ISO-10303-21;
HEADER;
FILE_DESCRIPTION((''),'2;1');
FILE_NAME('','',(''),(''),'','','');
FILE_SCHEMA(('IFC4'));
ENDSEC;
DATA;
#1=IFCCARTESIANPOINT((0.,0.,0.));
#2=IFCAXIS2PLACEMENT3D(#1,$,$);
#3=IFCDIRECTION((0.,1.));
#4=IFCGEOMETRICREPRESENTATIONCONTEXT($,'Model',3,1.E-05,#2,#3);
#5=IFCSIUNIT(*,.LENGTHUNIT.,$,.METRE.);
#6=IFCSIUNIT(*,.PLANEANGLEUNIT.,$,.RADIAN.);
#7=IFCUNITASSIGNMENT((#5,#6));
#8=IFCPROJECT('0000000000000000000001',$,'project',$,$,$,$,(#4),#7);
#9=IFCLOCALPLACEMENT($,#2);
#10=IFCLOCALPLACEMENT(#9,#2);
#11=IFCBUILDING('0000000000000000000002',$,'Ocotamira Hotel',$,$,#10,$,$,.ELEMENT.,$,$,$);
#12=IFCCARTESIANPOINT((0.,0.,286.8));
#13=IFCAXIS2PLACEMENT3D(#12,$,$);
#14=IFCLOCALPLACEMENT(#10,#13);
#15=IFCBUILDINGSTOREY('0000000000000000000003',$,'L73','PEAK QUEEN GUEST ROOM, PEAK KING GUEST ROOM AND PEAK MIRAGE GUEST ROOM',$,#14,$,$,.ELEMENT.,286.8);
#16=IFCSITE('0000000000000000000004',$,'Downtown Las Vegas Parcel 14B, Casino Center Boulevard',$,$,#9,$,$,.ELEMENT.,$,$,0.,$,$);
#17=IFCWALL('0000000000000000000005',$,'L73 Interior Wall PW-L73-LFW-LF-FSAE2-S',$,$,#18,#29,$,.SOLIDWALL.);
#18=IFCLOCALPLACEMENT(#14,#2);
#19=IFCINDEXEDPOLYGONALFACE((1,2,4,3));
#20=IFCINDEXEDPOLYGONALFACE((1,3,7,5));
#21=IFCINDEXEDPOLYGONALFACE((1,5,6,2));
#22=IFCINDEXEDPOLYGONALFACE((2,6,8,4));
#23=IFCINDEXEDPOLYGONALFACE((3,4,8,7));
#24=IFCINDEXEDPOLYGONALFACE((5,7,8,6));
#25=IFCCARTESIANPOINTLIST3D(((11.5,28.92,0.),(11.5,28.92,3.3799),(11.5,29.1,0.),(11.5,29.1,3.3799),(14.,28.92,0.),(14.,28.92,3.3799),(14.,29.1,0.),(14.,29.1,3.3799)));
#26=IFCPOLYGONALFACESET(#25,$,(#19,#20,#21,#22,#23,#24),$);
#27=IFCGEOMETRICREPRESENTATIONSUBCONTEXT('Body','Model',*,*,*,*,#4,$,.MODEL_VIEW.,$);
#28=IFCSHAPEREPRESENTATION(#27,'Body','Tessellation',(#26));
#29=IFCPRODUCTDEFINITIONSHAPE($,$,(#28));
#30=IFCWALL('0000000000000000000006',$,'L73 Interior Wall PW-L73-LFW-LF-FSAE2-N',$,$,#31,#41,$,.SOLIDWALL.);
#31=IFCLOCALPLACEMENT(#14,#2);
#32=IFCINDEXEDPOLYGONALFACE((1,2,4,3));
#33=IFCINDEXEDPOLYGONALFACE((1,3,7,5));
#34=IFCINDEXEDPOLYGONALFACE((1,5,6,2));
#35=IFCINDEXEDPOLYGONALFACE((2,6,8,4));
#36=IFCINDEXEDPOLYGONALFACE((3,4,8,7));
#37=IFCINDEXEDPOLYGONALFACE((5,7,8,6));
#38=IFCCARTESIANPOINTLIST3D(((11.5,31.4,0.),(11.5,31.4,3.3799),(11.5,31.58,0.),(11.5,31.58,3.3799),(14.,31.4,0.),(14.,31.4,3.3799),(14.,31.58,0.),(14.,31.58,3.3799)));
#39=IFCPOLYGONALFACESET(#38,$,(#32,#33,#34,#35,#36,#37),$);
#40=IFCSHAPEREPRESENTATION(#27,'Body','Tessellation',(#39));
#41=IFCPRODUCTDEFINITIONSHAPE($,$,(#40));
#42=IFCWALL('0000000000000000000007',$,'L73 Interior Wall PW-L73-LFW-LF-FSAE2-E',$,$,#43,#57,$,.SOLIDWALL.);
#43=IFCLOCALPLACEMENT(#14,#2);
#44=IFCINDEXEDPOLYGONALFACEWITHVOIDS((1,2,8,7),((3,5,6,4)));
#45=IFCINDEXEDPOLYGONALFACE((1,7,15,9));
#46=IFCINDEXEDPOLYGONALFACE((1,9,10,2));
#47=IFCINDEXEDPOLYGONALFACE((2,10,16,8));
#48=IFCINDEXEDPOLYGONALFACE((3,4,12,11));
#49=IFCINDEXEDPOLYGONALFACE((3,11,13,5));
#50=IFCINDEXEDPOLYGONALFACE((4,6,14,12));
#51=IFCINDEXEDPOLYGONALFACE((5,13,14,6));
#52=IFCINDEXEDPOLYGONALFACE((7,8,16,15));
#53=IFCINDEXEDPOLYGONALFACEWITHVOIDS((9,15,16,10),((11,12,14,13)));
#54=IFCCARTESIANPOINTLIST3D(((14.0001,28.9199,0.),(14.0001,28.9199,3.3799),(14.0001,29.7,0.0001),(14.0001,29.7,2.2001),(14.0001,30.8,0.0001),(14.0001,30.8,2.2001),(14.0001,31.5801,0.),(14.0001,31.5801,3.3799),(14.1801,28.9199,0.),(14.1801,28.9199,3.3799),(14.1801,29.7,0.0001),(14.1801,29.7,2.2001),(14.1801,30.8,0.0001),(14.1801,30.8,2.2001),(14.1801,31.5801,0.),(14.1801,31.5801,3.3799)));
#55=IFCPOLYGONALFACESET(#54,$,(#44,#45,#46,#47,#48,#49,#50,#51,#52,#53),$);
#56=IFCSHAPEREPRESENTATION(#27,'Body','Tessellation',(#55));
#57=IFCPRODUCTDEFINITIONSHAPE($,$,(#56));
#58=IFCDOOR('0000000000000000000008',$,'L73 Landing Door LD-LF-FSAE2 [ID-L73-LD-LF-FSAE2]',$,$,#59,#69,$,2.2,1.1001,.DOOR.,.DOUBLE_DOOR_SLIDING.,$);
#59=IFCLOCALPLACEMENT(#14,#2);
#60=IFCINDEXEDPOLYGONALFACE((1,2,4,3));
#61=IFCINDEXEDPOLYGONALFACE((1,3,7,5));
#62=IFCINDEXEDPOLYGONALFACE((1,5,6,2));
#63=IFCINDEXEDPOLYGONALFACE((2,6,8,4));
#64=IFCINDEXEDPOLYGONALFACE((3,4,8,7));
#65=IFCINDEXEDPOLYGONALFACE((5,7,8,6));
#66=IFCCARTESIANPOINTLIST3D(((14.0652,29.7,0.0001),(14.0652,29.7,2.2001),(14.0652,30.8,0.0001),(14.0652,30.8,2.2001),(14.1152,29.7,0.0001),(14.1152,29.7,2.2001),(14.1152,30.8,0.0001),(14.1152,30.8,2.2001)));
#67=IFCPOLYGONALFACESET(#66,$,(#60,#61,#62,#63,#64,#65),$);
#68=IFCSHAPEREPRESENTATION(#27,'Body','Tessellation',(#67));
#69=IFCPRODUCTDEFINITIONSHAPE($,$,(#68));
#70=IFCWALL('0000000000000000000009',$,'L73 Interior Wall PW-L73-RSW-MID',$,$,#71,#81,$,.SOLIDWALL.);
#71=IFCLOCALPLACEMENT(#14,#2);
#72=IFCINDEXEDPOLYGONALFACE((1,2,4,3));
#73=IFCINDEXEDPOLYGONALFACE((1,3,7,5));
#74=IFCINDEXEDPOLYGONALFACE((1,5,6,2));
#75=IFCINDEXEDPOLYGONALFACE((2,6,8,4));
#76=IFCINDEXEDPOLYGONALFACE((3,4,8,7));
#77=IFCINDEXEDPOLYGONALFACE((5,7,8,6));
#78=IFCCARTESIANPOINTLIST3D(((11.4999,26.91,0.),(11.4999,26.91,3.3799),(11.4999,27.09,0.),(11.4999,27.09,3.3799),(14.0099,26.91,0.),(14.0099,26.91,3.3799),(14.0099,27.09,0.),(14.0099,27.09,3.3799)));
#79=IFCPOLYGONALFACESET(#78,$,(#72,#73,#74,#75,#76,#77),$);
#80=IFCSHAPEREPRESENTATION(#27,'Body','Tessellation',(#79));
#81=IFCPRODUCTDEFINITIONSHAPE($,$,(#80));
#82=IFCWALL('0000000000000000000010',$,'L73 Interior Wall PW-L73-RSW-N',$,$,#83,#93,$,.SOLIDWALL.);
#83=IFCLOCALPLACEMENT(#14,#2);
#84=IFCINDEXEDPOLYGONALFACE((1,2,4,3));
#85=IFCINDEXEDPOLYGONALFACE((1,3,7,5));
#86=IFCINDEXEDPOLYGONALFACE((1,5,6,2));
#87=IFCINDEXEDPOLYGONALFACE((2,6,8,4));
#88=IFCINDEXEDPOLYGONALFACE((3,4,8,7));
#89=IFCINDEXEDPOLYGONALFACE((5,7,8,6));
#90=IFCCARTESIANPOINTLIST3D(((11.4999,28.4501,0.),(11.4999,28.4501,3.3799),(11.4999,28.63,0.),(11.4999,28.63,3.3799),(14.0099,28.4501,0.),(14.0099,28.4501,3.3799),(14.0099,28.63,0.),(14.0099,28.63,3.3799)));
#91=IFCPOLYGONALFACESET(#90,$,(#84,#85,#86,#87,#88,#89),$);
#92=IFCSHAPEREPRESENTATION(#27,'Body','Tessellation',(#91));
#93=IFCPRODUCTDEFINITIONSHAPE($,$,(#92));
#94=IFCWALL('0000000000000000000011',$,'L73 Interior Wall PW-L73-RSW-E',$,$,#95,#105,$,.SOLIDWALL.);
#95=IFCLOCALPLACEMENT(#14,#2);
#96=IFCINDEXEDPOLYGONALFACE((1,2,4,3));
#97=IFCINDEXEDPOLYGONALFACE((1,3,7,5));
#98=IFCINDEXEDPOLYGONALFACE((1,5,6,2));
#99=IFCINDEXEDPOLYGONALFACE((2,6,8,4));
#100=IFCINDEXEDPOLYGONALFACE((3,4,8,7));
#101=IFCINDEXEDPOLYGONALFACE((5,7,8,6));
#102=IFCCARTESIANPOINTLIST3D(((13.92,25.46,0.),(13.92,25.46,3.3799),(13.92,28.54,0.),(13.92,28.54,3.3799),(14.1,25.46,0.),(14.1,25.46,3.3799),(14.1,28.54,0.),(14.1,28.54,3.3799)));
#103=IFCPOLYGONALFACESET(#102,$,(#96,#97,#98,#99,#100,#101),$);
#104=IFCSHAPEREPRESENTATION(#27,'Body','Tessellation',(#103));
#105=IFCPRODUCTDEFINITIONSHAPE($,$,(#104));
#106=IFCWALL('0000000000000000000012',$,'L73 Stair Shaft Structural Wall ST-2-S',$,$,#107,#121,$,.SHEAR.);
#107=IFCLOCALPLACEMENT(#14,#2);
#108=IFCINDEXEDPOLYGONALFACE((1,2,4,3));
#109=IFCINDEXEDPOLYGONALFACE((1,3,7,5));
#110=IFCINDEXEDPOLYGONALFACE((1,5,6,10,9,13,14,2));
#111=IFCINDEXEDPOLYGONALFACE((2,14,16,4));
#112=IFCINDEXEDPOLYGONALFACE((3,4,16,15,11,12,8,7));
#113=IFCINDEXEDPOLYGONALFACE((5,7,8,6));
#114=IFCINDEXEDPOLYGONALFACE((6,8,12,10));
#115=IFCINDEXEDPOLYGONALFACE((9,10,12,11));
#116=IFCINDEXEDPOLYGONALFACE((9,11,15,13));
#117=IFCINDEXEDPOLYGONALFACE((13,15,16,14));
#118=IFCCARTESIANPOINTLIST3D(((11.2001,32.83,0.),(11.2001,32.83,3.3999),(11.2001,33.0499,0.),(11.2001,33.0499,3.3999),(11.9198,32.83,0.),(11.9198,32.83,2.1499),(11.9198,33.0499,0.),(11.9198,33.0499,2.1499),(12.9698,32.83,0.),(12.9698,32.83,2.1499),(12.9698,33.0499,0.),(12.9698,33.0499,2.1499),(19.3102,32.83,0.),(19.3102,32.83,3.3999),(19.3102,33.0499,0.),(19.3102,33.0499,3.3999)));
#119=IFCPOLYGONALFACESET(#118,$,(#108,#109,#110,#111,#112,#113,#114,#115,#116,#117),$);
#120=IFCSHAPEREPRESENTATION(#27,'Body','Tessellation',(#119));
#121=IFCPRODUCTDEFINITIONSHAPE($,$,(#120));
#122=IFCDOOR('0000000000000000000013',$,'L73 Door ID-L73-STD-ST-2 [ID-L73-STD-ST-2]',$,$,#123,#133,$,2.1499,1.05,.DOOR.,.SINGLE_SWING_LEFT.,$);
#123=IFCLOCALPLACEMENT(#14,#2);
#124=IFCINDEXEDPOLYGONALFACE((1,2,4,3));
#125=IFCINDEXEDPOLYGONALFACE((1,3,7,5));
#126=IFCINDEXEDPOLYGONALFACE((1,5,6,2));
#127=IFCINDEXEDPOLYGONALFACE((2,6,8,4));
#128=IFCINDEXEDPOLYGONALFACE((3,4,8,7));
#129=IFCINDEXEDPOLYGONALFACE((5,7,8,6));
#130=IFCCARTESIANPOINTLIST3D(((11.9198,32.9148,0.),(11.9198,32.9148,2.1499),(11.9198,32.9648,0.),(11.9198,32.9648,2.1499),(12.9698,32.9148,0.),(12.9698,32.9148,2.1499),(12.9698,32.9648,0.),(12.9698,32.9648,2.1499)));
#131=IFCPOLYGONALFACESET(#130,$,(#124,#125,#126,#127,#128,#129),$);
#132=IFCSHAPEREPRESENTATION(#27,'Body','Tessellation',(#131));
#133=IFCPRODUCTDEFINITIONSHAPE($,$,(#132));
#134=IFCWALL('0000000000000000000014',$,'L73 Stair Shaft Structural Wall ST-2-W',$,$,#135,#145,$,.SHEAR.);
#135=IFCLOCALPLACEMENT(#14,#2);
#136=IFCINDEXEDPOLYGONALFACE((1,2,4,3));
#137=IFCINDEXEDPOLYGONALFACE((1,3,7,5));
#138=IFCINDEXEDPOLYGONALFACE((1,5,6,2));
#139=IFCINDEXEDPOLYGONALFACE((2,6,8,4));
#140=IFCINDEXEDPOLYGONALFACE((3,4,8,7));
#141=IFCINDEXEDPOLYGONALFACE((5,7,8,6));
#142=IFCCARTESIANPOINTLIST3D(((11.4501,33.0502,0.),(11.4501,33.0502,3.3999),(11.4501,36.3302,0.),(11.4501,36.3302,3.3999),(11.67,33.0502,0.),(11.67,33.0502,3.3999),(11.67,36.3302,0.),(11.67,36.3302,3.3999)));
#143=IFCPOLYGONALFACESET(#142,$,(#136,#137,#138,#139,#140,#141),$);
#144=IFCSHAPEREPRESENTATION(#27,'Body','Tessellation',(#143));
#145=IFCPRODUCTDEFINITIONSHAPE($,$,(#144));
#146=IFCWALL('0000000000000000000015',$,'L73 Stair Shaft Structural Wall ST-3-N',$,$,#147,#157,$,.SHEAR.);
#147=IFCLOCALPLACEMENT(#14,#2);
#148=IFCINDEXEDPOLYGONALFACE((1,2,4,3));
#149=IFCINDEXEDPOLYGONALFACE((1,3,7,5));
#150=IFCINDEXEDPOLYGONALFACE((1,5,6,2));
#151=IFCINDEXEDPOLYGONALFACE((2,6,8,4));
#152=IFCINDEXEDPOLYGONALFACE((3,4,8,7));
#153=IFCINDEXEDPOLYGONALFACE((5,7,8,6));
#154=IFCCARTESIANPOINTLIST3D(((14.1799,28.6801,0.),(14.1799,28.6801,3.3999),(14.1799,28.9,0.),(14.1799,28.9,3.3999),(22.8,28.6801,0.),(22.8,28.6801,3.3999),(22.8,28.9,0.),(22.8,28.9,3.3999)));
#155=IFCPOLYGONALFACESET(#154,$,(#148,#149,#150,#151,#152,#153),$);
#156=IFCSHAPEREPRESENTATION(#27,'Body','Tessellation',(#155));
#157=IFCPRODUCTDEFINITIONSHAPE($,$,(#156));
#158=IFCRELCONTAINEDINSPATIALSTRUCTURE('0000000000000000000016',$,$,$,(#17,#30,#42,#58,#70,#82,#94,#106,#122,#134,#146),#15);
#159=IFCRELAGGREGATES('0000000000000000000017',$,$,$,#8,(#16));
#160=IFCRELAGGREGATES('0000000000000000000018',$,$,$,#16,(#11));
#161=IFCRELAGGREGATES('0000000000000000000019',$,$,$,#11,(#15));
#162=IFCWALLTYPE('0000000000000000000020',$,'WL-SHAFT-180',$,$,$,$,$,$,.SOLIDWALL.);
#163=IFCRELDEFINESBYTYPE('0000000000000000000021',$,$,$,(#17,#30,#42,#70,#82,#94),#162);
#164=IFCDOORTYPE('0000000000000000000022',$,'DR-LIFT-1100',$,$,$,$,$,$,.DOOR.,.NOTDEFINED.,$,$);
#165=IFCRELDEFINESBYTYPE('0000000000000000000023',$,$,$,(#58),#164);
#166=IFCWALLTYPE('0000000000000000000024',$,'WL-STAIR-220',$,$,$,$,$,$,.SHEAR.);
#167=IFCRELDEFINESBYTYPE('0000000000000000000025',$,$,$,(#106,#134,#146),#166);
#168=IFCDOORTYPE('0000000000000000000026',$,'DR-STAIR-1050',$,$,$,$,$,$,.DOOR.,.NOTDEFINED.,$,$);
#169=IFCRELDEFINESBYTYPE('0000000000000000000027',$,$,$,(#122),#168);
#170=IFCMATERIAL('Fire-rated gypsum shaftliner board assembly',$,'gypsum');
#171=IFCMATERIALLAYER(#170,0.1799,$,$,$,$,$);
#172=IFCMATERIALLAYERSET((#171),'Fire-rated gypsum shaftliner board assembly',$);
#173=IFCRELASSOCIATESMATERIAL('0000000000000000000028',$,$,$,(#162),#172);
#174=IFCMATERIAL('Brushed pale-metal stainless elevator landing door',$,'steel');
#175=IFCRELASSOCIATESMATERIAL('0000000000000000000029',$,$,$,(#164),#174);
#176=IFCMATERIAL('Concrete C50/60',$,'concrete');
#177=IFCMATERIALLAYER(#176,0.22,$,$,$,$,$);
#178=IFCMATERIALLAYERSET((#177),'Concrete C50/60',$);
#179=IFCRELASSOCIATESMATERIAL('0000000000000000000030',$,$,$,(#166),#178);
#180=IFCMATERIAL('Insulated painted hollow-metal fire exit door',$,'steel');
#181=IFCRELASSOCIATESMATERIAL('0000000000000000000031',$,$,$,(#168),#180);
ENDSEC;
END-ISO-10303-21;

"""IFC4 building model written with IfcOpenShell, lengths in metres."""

from ifc_helpers import new_model, si_unit, direction, frame, frame_2d, origin, place, context, subcontext, project, spatial, rectangle, extrude, source, transform, mapped, material, layer, layer_set, type_object, element, fill, save


model = new_model("IFC4")

# Units and contexts
model_context = context("Model", 3, precision=1e-05, world=origin(), true_north=direction((0.0, 1.0)))
body_context = subcontext(model_context, "Body", "Model", "MODEL_VIEW")
ifc_project = project(units=[si_unit("LENGTHUNIT", "METRE"), si_unit("PLANEANGLEUNIT", "RADIAN")], contexts=[model_context])

# Site, building, storey
site_placement = place(None, origin())
site = spatial("IfcSite", under=ifc_project, at=site_placement, Name="Downtown Las Vegas Parcel 14B, Casino Center Boulevard", CompositionType="ELEMENT", RefElevation=0.0)
building_placement = place(site_placement, origin())
building = spatial("IfcBuilding", under=site, at=building_placement, Name="Ocotamira Hotel", CompositionType="ELEMENT")
storey_placement = place(building_placement, frame((0.0, 0.0, 286.8)))
storey = spatial("IfcBuildingStorey", under=building, at=storey_placement, Name="L73", Description="PEAK QUEEN GUEST ROOM, PEAK KING GUEST ROOM AND PEAK MIRAGE GUEST ROOM", CompositionType="ELEMENT", Elevation=286.8)

# Walls
ifc_material_1 = material(Name="Fire-rated gypsum shaftliner board assembly", Category="gypsum")
ifc_layer_1 = layer(ifc_material_1, 0.1799)
ifc_layer_set_1 = layer_set([ifc_layer_1], Name="Fire-rated gypsum shaftliner board assembly")
wall_type_1 = type_object("IfcWallType", Name="WL-SHAFT-180", PredefinedType="SOLIDWALL", material=ifc_layer_set_1)
for number, where, z_axis, x_axis, name in (
    (1, (11.5, 29.01, 0.0), (0.0, 0.0, 1.0), (1.0, 0.0, 0.0), "L73 Interior Wall PW-L73-LFW-LF-FSAE2-S"),
    (2, (11.5, 31.49, 0.0), (0.0, 0.0, 1.0), (1.0, 0.0, 0.0), "L73 Interior Wall PW-L73-LFW-LF-FSAE2-N"),
):
    element("IfcWall", number, at=place(storey_placement, frame(where, z_axis=z_axis, x_axis=x_axis)), inside=storey, type_object=wall_type_1, Name=name, PredefinedType="SOLIDWALL", context=body_context, shape_type="SweptSolid", body=[
        extrude(rectangle(XDim=2.5, YDim=0.1799, at=frame_2d((1.25, 0.0))), origin(), (0.0, 0.0, 1.0), 3.3799),
    ])

# Wall, opening, door
wall_1_placement = place(storey_placement, frame((14.0901, 28.9199, 0.0), z_axis=(0.0, 0.0, 1.0), x_axis=(0.0, 1.0, 0.0)))
wall_1 = element("IfcWall", 3, at=wall_1_placement, inside=storey, type_object=wall_type_1, Name="L73 Interior Wall PW-L73-LFW-LF-FSAE2-E", PredefinedType="SOLIDWALL", context=body_context, shape_type="SweptSolid", body=[
    extrude(rectangle(XDim=2.6602, YDim=0.1799, at=frame_2d((1.3301, 0.0))), origin(), (0.0, 0.0, 1.0), 3.3799),
])
opening_1_placement = place(wall_1_placement, frame((0.78, 0.0, 0.0)))
opening_1 = element("IfcOpeningElement", 4, at=opening_1_placement, cuts=wall_1, PredefinedType="OPENING", context=body_context, shape_type="SweptSolid", body=[
    extrude(rectangle(XDim=1.1001, YDim=2.2, at=frame_2d((0.55, 1.1001))), frame((0.0, 0.1001, 0.0), z_axis=(0.0, -1.0, 0.0), x_axis=(1.0, 0.0, 0.0)), (0.0, 0.0, 1.0), 0.2),
])
ifc_material_2 = material(Name="Brushed pale-metal stainless elevator landing door", Category="steel")
door_type_1 = type_object("IfcDoorType", Name="DR-LIFT-1100", OperationType="NOTDEFINED", PredefinedType="DOOR", material=ifc_material_2)
shared_shape_1 = source(origin(), body_context, "Body", "SweptSolid", [
    extrude(rectangle(XDim=1.1001, YDim=2.2, at=frame_2d((0.55, 1.1001))), frame((0.0, 0.0249, 0.0), z_axis=(0.0, -1.0, 0.0), x_axis=(1.0, 0.0, 0.0)), (0.0, 0.0, 1.0), 0.05),
])
door_1_placement = place(opening_1_placement, origin())
door_1 = element("IfcDoor", 5, at=door_1_placement, inside=storey, type_object=door_type_1, Name="L73 Landing Door LD-LF-FSAE2 [ID-L73-LD-LF-FSAE2]", OperationType="DOUBLE_DOOR_SLIDING", OverallHeight=2.2, OverallWidth=1.1001, PredefinedType="DOOR", context=body_context, shape_type="MappedRepresentation", body=[
    mapped(shared_shape_1, transform((0.0, 0.0, 0.0), scale=1.0)),
])
fill(opening_1, door_1)

# Walls
for number, where, z_axis, x_axis, name in (
    (6, (11.5, 27.0, 0.0), (0.0, 0.0, 1.0), (1.0, 0.0, 0.0), "L73 Interior Wall PW-L73-RSW-MID"),
    (7, (11.5, 28.54, 0.0), (0.0, 0.0, 1.0), (1.0, 0.0, 0.0), "L73 Interior Wall PW-L73-RSW-N"),
):
    element("IfcWall", number, at=place(storey_placement, frame(where, z_axis=z_axis, x_axis=x_axis)), inside=storey, type_object=wall_type_1, Name=name, PredefinedType="SOLIDWALL", context=body_context, shape_type="SweptSolid", body=[
        extrude(rectangle(XDim=2.51, YDim=0.1799, at=frame_2d((1.2549, 0.0))), origin(), (0.0, 0.0, 1.0), 3.3799),
    ])
wall_2_placement = place(storey_placement, frame((14.01, 25.46, 0.0), z_axis=(0.0, 0.0, 1.0), x_axis=(0.0, 1.0, 0.0)))
element("IfcWall", 8, at=wall_2_placement, inside=storey, type_object=wall_type_1, Name="L73 Interior Wall PW-L73-RSW-E", PredefinedType="SOLIDWALL", context=body_context, shape_type="SweptSolid", body=[
    extrude(rectangle(XDim=3.0801, YDim=0.1799, at=frame_2d((1.54, 0.0))), origin(), (0.0, 0.0, 1.0), 3.3799),
])

# Wall, opening, door
ifc_material_3 = material(Name="Concrete C50/60", Category="concrete")
ifc_layer_2 = layer(ifc_material_3, 0.22)
ifc_layer_set_2 = layer_set([ifc_layer_2], Name="Concrete C50/60")
wall_type_2 = type_object("IfcWallType", Name="WL-STAIR-220", PredefinedType="SHEAR", material=ifc_layer_set_2)
wall_3_placement = place(storey_placement, frame((11.2, 32.9399, 0.0), z_axis=(0.0, 0.0, 1.0), x_axis=(1.0, 0.0, 0.0)))
wall_3 = element("IfcWall", 9, at=wall_3_placement, inside=storey, type_object=wall_type_2, Name="L73 Stair Shaft Structural Wall ST-2-S", PredefinedType="SHEAR", context=body_context, shape_type="SweptSolid", body=[
    extrude(rectangle(XDim=8.1101, YDim=0.22, at=frame_2d((4.0552, 0.0))), origin(), (0.0, 0.0, 1.0), 3.3999),
])
opening_2_placement = place(wall_3_placement, frame((0.72, 0.0, 0.0)))
opening_2 = element("IfcOpeningElement", 10, at=opening_2_placement, cuts=wall_3, PredefinedType="OPENING", context=body_context, shape_type="SweptSolid", body=[
    extrude(rectangle(XDim=1.05, YDim=2.1499, at=frame_2d((0.5249, 1.075))), frame((0.0, 0.1201, 0.0), z_axis=(0.0, -1.0, 0.0), x_axis=(1.0, 0.0, 0.0)), (0.0, 0.0, 1.0), 0.24),
])
ifc_material_4 = material(Name="Insulated painted hollow-metal fire exit door", Category="steel")
door_type_2 = type_object("IfcDoorType", Name="DR-STAIR-1050", OperationType="NOTDEFINED", PredefinedType="DOOR", material=ifc_material_4)
shared_shape_2 = source(origin(), body_context, "Body", "SweptSolid", [
    extrude(rectangle(XDim=1.05, YDim=2.1499, at=frame_2d((0.5249, 1.075))), frame((0.0, 0.0249, 0.0), z_axis=(0.0, -1.0, 0.0), x_axis=(1.0, 0.0, 0.0)), (0.0, 0.0, 1.0), 0.05),
])
door_2_placement = place(opening_2_placement, origin())
door_2 = element("IfcDoor", 11, at=door_2_placement, inside=storey, type_object=door_type_2, Name="L73 Door ID-L73-STD-ST-2 [ID-L73-STD-ST-2]", OperationType="SINGLE_SWING_LEFT", OverallHeight=2.1499, OverallWidth=1.05, PredefinedType="DOOR", context=body_context, shape_type="MappedRepresentation", body=[
    mapped(shared_shape_2, transform((0.0, 0.0, 0.0), scale=1.0)),
])
fill(opening_2, door_2)

# Walls
wall_4_placement = place(storey_placement, frame((11.5601, 33.05, 0.0), z_axis=(0.0, 0.0, 1.0), x_axis=(0.0, 1.0, 0.0)))
element("IfcWall", 12, at=wall_4_placement, inside=storey, type_object=wall_type_2, Name="L73 Stair Shaft Structural Wall ST-2-W", PredefinedType="SHEAR", context=body_context, shape_type="SweptSolid", body=[
    extrude(rectangle(XDim=3.28, YDim=0.22, at=frame_2d((1.6401, 0.0))), origin(), (0.0, 0.0, 1.0), 3.3999),
])
wall_5_placement = place(storey_placement, frame((14.1799, 28.79, 0.0), z_axis=(0.0, 0.0, 1.0), x_axis=(1.0, 0.0, 0.0)))
element("IfcWall", 13, at=wall_5_placement, inside=storey, type_object=wall_type_2, Name="L73 Stair Shaft Structural Wall ST-3-N", PredefinedType="SHEAR", context=body_context, shape_type="SweptSolid", body=[
    extrude(rectangle(XDim=8.6201, YDim=0.22, at=frame_2d((4.3101, 0.0))), origin(), (0.0, 0.0, 1.0), 3.3999),
])

save(model, "model.ifc")
